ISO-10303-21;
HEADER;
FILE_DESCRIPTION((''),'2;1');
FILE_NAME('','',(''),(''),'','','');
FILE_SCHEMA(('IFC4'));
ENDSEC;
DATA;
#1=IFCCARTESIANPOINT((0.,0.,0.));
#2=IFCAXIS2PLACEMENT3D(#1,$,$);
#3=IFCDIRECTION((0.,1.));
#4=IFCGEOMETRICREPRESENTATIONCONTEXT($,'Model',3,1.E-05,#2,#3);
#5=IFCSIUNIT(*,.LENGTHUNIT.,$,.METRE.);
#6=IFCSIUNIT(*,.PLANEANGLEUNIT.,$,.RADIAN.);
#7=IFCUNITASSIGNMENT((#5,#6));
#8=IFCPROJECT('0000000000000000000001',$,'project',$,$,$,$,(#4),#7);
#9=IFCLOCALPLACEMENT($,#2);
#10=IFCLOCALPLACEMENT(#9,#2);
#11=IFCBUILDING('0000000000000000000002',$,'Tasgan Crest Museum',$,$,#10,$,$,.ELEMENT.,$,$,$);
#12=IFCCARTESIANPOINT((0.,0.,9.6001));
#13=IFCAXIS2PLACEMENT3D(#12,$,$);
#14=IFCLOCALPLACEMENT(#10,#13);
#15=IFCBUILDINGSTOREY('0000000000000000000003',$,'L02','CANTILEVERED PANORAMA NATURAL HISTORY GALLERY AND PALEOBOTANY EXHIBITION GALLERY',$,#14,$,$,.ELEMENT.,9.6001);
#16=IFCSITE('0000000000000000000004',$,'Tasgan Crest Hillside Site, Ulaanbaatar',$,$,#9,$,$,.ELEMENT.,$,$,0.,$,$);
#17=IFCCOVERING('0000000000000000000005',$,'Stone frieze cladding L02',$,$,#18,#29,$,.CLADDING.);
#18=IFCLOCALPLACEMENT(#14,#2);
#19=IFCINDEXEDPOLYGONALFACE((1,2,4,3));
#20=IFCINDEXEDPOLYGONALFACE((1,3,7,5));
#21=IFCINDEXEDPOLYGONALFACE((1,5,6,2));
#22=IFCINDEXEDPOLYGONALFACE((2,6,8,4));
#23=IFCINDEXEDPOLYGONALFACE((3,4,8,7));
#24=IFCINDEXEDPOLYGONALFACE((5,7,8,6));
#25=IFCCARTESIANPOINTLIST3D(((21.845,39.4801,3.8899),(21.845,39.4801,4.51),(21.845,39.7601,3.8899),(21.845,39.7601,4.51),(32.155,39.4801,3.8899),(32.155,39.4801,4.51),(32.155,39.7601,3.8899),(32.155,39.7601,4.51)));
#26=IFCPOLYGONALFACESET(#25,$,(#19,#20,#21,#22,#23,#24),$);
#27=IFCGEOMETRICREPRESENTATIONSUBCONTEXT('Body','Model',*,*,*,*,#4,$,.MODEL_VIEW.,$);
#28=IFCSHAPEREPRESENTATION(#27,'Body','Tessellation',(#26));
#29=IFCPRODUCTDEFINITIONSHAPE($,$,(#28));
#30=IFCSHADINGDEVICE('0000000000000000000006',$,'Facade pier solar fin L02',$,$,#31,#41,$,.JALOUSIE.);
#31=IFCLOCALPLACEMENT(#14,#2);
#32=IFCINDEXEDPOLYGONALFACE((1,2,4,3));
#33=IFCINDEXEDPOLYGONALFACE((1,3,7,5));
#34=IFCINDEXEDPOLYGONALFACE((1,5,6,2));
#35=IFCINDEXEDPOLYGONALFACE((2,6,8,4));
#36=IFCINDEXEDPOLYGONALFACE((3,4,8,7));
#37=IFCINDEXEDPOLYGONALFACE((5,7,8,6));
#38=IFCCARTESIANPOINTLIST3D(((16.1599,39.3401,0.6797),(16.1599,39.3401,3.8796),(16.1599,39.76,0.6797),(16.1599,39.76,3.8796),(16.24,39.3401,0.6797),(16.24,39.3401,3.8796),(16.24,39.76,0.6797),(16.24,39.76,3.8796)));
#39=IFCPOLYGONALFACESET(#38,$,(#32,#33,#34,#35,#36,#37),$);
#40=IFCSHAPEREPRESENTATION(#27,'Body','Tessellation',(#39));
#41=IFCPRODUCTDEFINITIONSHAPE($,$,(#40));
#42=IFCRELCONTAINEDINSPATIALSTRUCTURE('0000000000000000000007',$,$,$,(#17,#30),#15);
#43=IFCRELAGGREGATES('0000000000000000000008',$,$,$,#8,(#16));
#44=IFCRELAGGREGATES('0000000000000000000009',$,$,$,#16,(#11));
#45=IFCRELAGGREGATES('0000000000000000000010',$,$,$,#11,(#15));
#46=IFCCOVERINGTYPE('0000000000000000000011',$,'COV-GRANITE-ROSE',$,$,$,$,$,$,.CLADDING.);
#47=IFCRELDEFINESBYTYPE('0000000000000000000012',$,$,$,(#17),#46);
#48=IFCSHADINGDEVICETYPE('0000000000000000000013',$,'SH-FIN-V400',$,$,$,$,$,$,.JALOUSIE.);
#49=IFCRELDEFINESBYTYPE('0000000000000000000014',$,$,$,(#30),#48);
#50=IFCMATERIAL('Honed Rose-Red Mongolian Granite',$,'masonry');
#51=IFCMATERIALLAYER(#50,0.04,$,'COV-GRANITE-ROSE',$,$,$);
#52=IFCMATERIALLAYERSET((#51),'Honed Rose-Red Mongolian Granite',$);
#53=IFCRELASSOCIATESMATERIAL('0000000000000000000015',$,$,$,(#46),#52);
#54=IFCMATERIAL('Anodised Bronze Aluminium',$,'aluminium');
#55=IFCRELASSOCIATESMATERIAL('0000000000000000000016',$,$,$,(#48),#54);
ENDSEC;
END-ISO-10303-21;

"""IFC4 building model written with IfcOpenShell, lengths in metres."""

from ifc_helpers import new_model, si_unit, direction, frame, origin, origin_2d, place, context, subcontext, project, spatial, rectangle, extrude, material, layer, layer_set, type_object, element, save


model = new_model("IFC4")

# Units and contexts
model_context = context("Model", 3, precision=1e-05, world=origin(), true_north=direction((0.0, 1.0)))
body_context = subcontext(model_context, "Body", "Model", "MODEL_VIEW")
ifc_project = project(units=[si_unit("LENGTHUNIT", "METRE"), si_unit("PLANEANGLEUNIT", "RADIAN")], contexts=[model_context])

# Site, building, storey
site_placement = place(None, origin())
site = spatial("IfcSite", under=ifc_project, at=site_placement, Name="Tasgan Crest Hillside Site, Ulaanbaatar", CompositionType="ELEMENT", RefElevation=0.0)
building_placement = place(site_placement, origin())
building = spatial("IfcBuilding", under=site, at=building_placement, Name="Tasgan Crest Museum", CompositionType="ELEMENT")
storey_placement = place(building_placement, frame((0.0, 0.0, 9.6001)))
storey = spatial("IfcBuildingStorey", under=building, at=storey_placement, Name="L02", Description="CANTILEVERED PANORAMA NATURAL HISTORY GALLERY AND PALEOBOTANY EXHIBITION GALLERY", CompositionType="ELEMENT", Elevation=9.6001)

# Covering
ifc_material_1 = material(Name="Honed Rose-Red Mongolian Granite", Category="masonry")
ifc_layer_1 = layer(ifc_material_1, 0.04, Name="COV-GRANITE-ROSE")
ifc_layer_set_1 = layer_set([ifc_layer_1], Name="Honed Rose-Red Mongolian Granite")
covering_type = type_object("IfcCoveringType", Name="COV-GRANITE-ROSE", PredefinedType="CLADDING", material=ifc_layer_set_1)
covering_placement = place(storey_placement, frame((27.0, 39.6201, 3.8899), z_axis=(0.0, 0.0, 1.0), x_axis=(1.0, 0.0, 0.0)))
element("IfcCovering", 1, at=covering_placement, inside=storey, type_object=covering_type, Name="Stone frieze cladding L02", PredefinedType="CLADDING", context=body_context, shape_type="SweptSolid", body=[
    extrude(rectangle(XDim=10.3101, YDim=0.28, at=origin_2d()), origin(), (0.0, 0.0, 1.0), 0.6201),
])

# Shading device
ifc_material_2 = material(Name="Anodised Bronze Aluminium", Category="aluminium")
shading_device_type = type_object("IfcShadingDeviceType", Name="SH-FIN-V400", PredefinedType="JALOUSIE", material=ifc_material_2)
shading_device_placement = place(storey_placement, frame((16.2, 39.55, 0.6797), z_axis=(0.0, 0.0, 1.0), x_axis=(1.0, 0.0, 0.0)))
element("IfcShadingDevice", 2, at=shading_device_placement, inside=storey, type_object=shading_device_type, Name="Facade pier solar fin L02", PredefinedType="JALOUSIE", context=body_context, shape_type="SweptSolid", body=[
    extrude(rectangle(XDim=0.0801, YDim=0.4199, at=origin_2d()), origin(), (0.0, 0.0, 1.0), 3.2),
])

save(model, "model.ifc")
